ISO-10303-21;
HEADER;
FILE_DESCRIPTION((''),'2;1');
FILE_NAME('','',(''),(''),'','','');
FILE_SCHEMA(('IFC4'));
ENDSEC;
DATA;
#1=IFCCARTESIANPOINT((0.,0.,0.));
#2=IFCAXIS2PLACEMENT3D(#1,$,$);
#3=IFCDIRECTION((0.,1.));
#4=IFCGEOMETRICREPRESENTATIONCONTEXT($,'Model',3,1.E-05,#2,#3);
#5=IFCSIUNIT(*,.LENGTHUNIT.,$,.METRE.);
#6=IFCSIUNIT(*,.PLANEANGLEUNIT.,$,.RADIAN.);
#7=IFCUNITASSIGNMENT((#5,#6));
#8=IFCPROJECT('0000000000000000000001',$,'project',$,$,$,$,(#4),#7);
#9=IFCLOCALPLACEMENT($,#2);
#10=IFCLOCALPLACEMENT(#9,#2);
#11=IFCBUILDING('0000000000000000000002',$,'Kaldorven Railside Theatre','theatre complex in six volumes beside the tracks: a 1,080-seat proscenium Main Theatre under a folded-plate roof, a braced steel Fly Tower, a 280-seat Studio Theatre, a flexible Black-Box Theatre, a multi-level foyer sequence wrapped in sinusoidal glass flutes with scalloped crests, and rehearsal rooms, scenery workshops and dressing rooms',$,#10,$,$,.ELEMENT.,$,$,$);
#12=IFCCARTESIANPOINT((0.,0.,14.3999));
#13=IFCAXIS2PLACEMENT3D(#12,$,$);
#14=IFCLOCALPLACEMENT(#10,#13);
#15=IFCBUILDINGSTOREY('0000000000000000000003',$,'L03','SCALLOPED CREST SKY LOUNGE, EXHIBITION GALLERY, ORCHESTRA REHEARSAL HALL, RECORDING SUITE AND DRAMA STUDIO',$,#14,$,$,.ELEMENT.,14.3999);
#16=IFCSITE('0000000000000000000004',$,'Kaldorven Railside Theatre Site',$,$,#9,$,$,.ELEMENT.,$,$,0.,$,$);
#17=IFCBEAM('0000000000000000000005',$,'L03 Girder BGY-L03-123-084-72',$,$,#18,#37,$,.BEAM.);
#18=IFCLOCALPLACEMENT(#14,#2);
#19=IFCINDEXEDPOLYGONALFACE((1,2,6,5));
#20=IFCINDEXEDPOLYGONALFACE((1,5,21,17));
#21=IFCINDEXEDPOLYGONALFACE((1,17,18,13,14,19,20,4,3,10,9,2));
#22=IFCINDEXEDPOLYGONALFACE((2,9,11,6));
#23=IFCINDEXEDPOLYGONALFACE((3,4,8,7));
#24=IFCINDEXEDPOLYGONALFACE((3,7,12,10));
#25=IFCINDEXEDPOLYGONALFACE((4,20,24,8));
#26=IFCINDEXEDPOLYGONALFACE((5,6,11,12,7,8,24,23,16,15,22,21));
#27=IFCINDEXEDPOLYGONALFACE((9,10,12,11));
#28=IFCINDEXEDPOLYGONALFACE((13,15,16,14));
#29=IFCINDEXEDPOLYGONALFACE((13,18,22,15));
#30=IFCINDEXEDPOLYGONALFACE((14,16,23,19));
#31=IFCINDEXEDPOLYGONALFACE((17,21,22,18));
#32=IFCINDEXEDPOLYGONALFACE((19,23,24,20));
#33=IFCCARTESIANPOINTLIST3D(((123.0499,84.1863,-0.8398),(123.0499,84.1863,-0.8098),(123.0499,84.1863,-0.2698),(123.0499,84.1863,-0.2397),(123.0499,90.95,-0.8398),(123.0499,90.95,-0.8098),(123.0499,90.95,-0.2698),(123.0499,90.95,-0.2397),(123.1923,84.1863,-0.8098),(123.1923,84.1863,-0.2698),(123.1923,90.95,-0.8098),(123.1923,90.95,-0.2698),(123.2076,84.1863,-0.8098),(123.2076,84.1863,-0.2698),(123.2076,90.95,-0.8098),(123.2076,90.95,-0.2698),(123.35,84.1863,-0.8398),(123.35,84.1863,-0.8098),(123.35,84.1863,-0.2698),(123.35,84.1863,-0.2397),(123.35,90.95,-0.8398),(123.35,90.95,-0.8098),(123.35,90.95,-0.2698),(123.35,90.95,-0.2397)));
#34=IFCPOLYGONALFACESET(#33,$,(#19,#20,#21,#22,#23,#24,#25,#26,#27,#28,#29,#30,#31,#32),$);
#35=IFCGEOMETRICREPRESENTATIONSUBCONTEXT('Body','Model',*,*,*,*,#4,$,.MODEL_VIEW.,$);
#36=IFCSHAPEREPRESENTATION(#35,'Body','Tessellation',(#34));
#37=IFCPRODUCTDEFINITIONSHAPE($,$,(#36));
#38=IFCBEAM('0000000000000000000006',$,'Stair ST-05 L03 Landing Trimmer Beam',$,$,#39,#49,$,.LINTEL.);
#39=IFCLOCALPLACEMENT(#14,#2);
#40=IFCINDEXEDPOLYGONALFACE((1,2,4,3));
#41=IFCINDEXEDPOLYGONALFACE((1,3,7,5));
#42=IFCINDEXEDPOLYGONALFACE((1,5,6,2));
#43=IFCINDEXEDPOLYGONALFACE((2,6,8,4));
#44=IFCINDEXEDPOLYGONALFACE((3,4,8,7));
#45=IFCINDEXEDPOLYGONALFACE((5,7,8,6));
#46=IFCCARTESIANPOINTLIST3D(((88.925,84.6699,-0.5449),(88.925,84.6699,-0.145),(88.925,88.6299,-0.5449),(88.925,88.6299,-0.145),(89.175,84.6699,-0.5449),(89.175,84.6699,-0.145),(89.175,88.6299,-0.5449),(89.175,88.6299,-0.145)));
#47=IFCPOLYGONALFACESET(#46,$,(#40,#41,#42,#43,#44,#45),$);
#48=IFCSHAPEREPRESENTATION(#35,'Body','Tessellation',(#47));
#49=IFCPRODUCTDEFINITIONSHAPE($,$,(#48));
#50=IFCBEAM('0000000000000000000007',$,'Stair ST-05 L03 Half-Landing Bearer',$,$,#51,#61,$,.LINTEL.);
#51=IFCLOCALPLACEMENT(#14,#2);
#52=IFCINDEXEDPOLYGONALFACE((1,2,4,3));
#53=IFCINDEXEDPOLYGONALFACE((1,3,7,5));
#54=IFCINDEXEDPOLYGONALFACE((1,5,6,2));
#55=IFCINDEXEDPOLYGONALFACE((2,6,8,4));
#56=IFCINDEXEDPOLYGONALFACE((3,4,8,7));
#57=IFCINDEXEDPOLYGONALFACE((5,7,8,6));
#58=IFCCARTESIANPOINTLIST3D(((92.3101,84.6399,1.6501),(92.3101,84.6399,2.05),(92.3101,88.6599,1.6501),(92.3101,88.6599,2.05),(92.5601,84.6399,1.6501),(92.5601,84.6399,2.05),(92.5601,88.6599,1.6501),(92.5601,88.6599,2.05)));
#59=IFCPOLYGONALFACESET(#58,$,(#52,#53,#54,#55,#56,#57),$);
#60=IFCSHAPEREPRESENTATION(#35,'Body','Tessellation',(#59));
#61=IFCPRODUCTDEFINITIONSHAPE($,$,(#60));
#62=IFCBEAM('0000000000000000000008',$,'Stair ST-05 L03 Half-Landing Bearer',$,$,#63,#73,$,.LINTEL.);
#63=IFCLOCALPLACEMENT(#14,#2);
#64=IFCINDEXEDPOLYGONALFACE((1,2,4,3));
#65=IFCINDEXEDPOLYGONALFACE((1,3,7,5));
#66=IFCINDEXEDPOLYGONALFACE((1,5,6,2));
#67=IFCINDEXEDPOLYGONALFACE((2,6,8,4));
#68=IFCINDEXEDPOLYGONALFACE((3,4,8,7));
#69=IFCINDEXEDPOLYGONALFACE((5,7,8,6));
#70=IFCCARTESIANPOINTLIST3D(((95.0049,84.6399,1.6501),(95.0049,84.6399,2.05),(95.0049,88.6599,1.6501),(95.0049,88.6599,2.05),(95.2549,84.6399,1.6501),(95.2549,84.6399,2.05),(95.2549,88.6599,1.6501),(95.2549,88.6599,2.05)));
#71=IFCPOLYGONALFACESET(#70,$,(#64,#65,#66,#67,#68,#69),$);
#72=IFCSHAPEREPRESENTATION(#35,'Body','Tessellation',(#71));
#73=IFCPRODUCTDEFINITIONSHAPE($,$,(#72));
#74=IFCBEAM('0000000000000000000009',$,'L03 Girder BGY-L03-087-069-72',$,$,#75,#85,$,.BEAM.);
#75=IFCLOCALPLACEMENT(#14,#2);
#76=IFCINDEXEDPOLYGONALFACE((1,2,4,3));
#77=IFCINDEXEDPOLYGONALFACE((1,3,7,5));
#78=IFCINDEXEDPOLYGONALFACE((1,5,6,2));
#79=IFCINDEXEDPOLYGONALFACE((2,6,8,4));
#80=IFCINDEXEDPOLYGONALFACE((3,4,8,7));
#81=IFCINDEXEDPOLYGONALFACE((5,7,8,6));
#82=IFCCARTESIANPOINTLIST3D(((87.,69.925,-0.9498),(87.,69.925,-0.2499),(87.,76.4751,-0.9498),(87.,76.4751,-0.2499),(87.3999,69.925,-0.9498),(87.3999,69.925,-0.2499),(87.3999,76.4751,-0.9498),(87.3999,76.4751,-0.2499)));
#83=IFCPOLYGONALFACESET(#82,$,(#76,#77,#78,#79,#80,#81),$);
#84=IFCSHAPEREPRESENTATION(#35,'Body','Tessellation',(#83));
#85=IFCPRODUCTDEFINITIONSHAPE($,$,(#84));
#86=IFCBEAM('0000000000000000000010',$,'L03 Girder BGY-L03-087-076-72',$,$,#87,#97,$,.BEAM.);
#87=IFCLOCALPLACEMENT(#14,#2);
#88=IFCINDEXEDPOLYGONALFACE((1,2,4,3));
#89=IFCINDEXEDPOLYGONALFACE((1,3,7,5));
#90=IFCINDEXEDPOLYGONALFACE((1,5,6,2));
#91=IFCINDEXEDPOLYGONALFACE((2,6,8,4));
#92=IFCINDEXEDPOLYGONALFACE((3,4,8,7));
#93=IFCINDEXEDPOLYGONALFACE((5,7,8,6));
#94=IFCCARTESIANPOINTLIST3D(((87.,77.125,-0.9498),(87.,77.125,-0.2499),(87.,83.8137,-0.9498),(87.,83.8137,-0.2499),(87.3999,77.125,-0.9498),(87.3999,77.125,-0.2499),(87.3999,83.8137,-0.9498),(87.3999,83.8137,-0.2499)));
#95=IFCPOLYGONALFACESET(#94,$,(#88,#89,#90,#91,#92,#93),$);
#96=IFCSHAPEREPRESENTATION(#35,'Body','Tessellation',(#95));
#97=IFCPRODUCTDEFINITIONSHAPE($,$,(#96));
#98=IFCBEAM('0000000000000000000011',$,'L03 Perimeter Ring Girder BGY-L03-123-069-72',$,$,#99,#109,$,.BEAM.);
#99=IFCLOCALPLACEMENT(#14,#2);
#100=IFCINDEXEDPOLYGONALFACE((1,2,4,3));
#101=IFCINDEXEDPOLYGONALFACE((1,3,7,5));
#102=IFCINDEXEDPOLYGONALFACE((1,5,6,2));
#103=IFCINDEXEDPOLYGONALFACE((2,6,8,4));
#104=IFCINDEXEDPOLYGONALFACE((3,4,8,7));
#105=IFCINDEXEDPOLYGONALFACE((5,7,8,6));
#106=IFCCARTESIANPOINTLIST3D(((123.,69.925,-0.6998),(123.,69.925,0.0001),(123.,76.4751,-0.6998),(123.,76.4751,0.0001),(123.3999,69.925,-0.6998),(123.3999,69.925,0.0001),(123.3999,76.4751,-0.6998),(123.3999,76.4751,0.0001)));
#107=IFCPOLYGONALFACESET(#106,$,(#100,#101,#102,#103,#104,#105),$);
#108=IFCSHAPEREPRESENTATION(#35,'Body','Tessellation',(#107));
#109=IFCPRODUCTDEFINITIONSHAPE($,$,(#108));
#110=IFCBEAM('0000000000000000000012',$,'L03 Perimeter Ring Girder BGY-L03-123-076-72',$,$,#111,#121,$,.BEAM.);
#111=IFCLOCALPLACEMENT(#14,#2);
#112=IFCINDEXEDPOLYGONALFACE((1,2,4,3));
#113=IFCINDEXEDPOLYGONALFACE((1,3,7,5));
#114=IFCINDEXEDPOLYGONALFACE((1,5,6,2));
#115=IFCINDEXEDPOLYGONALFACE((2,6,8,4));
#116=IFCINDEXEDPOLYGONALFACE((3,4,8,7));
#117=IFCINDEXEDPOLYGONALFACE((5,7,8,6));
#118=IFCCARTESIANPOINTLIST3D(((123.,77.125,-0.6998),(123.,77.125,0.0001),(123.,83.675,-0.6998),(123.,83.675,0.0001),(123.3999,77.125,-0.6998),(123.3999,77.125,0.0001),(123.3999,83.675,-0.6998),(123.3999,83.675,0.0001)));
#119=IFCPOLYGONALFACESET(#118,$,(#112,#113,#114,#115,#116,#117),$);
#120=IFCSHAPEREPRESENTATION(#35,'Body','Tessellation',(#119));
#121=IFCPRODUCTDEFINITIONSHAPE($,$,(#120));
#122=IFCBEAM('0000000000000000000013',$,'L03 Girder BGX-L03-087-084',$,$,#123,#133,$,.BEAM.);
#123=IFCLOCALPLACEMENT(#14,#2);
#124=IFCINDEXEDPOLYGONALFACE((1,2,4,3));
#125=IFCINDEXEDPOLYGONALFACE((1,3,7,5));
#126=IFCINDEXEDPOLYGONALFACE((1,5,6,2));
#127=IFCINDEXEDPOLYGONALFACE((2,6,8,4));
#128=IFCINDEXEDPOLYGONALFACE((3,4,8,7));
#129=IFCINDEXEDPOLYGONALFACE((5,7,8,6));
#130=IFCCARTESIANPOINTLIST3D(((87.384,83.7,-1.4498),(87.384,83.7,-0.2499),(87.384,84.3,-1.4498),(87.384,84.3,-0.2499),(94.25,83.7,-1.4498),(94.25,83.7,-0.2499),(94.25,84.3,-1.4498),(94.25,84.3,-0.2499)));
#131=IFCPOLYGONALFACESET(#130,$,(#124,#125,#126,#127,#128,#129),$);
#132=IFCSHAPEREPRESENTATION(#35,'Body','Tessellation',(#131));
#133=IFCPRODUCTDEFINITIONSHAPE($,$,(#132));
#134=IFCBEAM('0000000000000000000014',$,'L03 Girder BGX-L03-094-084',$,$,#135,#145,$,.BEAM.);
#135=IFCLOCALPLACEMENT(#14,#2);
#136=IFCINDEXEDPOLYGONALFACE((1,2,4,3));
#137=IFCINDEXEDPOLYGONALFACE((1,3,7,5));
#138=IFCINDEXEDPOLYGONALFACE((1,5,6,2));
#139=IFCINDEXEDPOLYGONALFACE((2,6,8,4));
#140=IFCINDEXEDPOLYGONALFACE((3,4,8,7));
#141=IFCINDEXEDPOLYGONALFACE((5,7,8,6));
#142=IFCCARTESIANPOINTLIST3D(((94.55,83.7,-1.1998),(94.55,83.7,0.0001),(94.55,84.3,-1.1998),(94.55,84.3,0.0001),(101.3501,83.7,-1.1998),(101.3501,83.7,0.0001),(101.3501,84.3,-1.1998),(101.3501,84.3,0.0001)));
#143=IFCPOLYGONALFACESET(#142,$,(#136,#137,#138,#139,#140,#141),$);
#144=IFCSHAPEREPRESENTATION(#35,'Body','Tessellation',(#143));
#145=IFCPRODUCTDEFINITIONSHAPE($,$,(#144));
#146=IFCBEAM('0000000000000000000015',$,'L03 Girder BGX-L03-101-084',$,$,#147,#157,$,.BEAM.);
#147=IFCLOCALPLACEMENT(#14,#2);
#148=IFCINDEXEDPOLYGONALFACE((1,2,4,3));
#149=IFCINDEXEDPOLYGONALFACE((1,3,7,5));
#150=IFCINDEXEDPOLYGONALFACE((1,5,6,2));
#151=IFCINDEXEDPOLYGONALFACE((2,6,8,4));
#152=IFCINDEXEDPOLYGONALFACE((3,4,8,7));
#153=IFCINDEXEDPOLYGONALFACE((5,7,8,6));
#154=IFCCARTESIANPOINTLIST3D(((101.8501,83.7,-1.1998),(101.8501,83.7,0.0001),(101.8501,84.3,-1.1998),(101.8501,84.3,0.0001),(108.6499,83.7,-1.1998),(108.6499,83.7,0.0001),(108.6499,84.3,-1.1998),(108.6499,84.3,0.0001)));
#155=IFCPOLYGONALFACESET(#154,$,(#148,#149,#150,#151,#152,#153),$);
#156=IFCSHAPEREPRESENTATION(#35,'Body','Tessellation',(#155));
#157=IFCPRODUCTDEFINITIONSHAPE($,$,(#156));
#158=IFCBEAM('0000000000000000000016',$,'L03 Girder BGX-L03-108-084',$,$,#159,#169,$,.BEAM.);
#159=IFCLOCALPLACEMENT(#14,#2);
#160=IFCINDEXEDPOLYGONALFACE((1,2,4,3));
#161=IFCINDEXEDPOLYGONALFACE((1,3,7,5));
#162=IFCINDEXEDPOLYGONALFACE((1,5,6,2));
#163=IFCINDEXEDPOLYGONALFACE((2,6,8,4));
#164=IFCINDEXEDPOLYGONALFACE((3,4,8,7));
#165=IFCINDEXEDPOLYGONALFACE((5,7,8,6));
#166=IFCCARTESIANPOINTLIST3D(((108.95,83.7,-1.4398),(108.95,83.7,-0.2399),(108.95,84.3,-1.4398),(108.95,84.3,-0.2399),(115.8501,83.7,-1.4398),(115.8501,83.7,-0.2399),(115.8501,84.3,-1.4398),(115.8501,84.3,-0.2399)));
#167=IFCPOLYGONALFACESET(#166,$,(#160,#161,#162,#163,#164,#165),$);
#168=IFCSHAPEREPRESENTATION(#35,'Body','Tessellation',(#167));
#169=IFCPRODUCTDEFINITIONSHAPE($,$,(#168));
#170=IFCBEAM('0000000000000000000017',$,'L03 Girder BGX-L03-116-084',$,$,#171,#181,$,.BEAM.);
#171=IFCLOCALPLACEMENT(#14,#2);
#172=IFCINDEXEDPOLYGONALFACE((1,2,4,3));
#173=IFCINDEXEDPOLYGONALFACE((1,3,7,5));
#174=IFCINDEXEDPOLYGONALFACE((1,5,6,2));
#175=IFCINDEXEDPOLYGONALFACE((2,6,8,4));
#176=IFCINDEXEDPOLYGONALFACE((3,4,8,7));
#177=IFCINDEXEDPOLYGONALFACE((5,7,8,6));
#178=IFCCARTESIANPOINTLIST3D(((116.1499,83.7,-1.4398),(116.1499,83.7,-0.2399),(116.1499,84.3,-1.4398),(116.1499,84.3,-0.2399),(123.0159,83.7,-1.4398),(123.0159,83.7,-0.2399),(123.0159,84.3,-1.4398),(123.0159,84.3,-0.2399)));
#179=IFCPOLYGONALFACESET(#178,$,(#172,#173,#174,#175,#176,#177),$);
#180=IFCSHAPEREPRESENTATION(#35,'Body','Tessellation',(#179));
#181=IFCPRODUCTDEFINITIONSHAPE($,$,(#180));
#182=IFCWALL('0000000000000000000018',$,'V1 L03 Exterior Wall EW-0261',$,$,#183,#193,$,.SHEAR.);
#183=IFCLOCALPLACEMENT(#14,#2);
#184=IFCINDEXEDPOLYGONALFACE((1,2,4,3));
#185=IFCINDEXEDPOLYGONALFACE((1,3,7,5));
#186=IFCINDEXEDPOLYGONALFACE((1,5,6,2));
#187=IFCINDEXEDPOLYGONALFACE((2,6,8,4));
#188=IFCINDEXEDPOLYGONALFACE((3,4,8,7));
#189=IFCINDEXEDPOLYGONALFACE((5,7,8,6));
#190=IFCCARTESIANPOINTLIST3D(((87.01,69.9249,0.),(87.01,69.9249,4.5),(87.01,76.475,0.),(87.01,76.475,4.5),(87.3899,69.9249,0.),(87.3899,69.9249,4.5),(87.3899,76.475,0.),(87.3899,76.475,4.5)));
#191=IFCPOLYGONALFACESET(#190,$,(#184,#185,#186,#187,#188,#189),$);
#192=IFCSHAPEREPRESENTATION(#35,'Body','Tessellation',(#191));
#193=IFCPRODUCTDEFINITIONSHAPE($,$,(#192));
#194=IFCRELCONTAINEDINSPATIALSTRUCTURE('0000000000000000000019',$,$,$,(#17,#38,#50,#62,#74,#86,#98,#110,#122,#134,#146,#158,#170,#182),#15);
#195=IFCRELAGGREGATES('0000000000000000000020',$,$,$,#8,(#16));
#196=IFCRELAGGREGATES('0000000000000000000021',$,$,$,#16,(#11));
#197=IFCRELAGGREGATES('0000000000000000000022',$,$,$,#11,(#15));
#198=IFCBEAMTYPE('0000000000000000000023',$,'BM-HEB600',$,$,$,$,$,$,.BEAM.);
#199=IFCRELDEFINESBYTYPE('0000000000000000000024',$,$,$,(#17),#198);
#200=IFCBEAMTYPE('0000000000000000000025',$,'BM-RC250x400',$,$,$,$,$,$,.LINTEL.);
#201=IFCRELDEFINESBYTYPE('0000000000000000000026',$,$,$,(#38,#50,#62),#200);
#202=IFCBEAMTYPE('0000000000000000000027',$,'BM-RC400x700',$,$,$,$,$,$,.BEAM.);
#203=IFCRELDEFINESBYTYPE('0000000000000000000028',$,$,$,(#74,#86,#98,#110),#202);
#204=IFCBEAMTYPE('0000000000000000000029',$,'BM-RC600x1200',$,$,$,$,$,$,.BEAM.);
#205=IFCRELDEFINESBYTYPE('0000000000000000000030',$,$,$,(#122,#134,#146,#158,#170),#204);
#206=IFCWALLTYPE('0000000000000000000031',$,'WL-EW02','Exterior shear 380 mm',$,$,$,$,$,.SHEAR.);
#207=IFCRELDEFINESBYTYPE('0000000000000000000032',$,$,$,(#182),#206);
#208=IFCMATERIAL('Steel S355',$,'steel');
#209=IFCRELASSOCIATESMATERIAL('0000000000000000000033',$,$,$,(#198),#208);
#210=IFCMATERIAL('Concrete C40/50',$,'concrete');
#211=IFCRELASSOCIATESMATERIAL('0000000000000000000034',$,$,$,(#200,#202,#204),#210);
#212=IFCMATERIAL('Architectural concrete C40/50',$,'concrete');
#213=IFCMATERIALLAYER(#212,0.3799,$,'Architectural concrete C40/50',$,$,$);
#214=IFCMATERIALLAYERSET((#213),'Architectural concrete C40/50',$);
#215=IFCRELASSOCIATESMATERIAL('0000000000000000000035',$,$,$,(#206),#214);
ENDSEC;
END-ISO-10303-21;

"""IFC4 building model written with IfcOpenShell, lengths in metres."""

from ifc_helpers import new_model, si_unit, direction, frame, frame_2d, origin, origin_2d, place, context, subcontext, project, spatial, rectangle, i_section, extrude, material, layer, layer_set, material_profile, profile_set, type_object, element, save


model = new_model("IFC4")

# Units and contexts
model_context = context("Model", 3, precision=1e-05, world=origin(), true_north=direction((0.0, 1.0)))
body_context = subcontext(model_context, "Body", "Model", "MODEL_VIEW")
ifc_project = project(units=[si_unit("LENGTHUNIT", "METRE"), si_unit("PLANEANGLEUNIT", "RADIAN")], contexts=[model_context])

# Site, building, storey
site_placement = place(None, origin())
site = spatial("IfcSite", under=ifc_project, at=site_placement, Name="Kaldorven Railside Theatre Site", CompositionType="ELEMENT", RefElevation=0.0)
building_placement = place(site_placement, origin())
building = spatial("IfcBuilding", under=site, at=building_placement, Name="Kaldorven Railside Theatre", Description="theatre complex in six volumes beside the tracks: a 1,080-seat proscenium Main Theatre under a folded-plate roof, a braced steel Fly Tower, a 280-seat Studio Theatre, a flexible Black-Box Theatre, a multi-level foyer sequence wrapped in sinusoidal glass flutes with scalloped crests, and rehearsal rooms, scenery workshops and dressing rooms", CompositionType="ELEMENT")
storey_placement = place(building_placement, frame((0.0, 0.0, 14.3999)))
storey = spatial("IfcBuildingStorey", under=building, at=storey_placement, Name="L03", Description="SCALLOPED CREST SKY LOUNGE, EXHIBITION GALLERY, ORCHESTRA REHEARSAL HALL, RECORDING SUITE AND DRAMA STUDIO", CompositionType="ELEMENT", Elevation=14.3999)

# Shared definitions
ifc_material_1 = material(Name="Steel S355", Category="steel")
ifc_material_2 = material(Name="Architectural concrete C40/50", Category="concrete")

# Beams
ifc_material_profile_1 = material_profile(ifc_material_1, i_section(OverallWidth=0.3, OverallDepth=0.6001, WebThickness=0.0154, FlangeThickness=0.03, at=origin_2d()), Name="HEB 600")
ifc_profile_set_1 = profile_set([ifc_material_profile_1], Name="Steel S355")
beam_type_1 = type_object("IfcBeamType", Name="BM-HEB600", PredefinedType="BEAM", material=ifc_profile_set_1)
for number, where, z_axis, x_axis, name in (
    (1, (123.2, 84.1863, -0.5398), (0.0, 1.0, 0.0), (-1.0, 0.0, 0.0), "L03 Girder BGY-L03-123-084-72"),
):
    element("IfcBeam", number, at=place(storey_placement, frame(where, z_axis=z_axis, x_axis=x_axis)), inside=storey, type_object=beam_type_1, Name=name, PredefinedType="BEAM", context=body_context, shape_type="SweptSolid", body=[
        extrude(i_section(OverallWidth=0.3, OverallDepth=0.6001, WebThickness=0.0154, FlangeThickness=0.03, at=origin_2d()), origin(), (0.0, 0.0, 1.0), 6.7637),
    ])
ifc_material_3 = material(Name="Concrete C40/50", Category="concrete")
ifc_material_profile_2 = material_profile(ifc_material_3, rectangle(XDim=0.25, YDim=0.3999, at=origin_2d()), Name="RC 250x400")
ifc_profile_set_2 = profile_set([ifc_material_profile_2], Name="Concrete C40/50")
beam_type_2 = type_object("IfcBeamType", Name="BM-RC250x400", PredefinedType="LINTEL", material=ifc_profile_set_2)
beam_1_placement = place(storey_placement, frame((89.05, 84.6699, -0.345), z_axis=(0.0, 1.0, 0.0), x_axis=(-1.0, 0.0, 0.0)))
element("IfcBeam", 2, at=beam_1_placement, inside=storey, type_object=beam_type_2, Name="Stair ST-05 L03 Landing Trimmer Beam", PredefinedType="LINTEL", context=body_context, shape_type="SweptSolid", body=[
    extrude(rectangle(XDim=0.25, YDim=0.3999, at=origin_2d()), origin(), (0.0, 0.0, 1.0), 3.96),
])
for number, where, z_axis, x_axis, name in (
    (3, (92.4351, 84.6399, 1.8501), (0.0, 1.0, 0.0), (-1.0, 0.0, 0.0), "Stair ST-05 L03 Half-Landing Bearer"),
    (4, (95.1299, 84.6399, 1.8501), (0.0, 1.0, 0.0), (-1.0, 0.0, 0.0), "Stair ST-05 L03 Half-Landing Bearer"),
):
    element("IfcBeam", number, at=place(storey_placement, frame(where, z_axis=z_axis, x_axis=x_axis)), inside=storey, type_object=beam_type_2, Name=name, PredefinedType="LINTEL", context=body_context, shape_type="SweptSolid", body=[
        extrude(rectangle(XDim=0.25, YDim=0.3999, at=origin_2d()), origin(), (0.0, 0.0, 1.0), 4.02),
    ])
ifc_material_profile_3 = material_profile(ifc_material_3, rectangle(XDim=0.3999, YDim=0.7, at=origin_2d()), Name="RC 400x700")
ifc_profile_set_3 = profile_set([ifc_material_profile_3], Name="Concrete C40/50")
beam_type_3 = type_object("IfcBeamType", Name="BM-RC400x700", PredefinedType="BEAM", material=ifc_profile_set_3)
beam_2_placement = place(storey_placement, frame((87.2, 69.925, -0.5999), z_axis=(0.0, 1.0, 0.0), x_axis=(-1.0, 0.0, 0.0)))
element("IfcBeam", 5, at=beam_2_placement, inside=storey, type_object=beam_type_3, Name="L03 Girder BGY-L03-087-069-72", PredefinedType="BEAM", context=body_context, shape_type="SweptSolid", body=[
    extrude(rectangle(XDim=0.3999, YDim=0.7, at=origin_2d()), origin(), (0.0, 0.0, 1.0), 6.55),
])
beam_3_placement = place(storey_placement, frame((87.2, 77.125, -0.5999), z_axis=(0.0, 1.0, 0.0), x_axis=(-1.0, 0.0, 0.0)))
element("IfcBeam", 6, at=beam_3_placement, inside=storey, type_object=beam_type_3, Name="L03 Girder BGY-L03-087-076-72", PredefinedType="BEAM", context=body_context, shape_type="SweptSolid", body=[
    extrude(rectangle(XDim=0.3999, YDim=0.7, at=origin_2d()), origin(), (0.0, 0.0, 1.0), 6.6887),
])
for number, where, z_axis, x_axis, name in (
    (7, (123.2, 69.925, -0.3499), (0.0, 1.0, 0.0), (-1.0, 0.0, 0.0), "L03 Perimeter Ring Girder BGY-L03-123-069-72"),
    (8, (123.2, 77.125, -0.3499), (0.0, 1.0, 0.0), (-1.0, 0.0, 0.0), "L03 Perimeter Ring Girder BGY-L03-123-076-72"),
):
    element("IfcBeam", number, at=place(storey_placement, frame(where, z_axis=z_axis, x_axis=x_axis)), inside=storey, type_object=beam_type_3, Name=name, PredefinedType="BEAM", context=body_context, shape_type="SweptSolid", body=[
        extrude(rectangle(XDim=0.3999, YDim=0.7, at=origin_2d()), origin(), (0.0, 0.0, 1.0), 6.55),
    ])
ifc_material_profile_4 = material_profile(ifc_material_3, rectangle(XDim=0.6001, YDim=1.2, at=origin_2d()), Name="RC 600x1200")
ifc_profile_set_4 = profile_set([ifc_material_profile_4], Name="Concrete C40/50")
beam_type_4 = type_object("IfcBeamType", Name="BM-RC600x1200", PredefinedType="BEAM", material=ifc_profile_set_4)
beam_4_placement = place(storey_placement, frame((87.384, 84.0, -0.8499), z_axis=(1.0, 0.0, 0.0), x_axis=(0.0, 1.0, 0.0)))
element("IfcBeam", 9, at=beam_4_placement, inside=storey, type_object=beam_type_4, Name="L03 Girder BGX-L03-087-084", PredefinedType="BEAM", context=body_context, shape_type="SweptSolid", body=[
    extrude(rectangle(XDim=0.6001, YDim=1.2, at=origin_2d()), origin(), (0.0, 0.0, 1.0), 6.866),
])
beam_5_placement = place(storey_placement, frame((94.55, 84.0, -0.5999), z_axis=(1.0, 0.0, 0.0), x_axis=(0.0, 1.0, 0.0)))
element("IfcBeam", 10, at=beam_5_placement, inside=storey, type_object=beam_type_4, Name="L03 Girder BGX-L03-094-084", PredefinedType="BEAM", context=body_context, shape_type="SweptSolid", body=[
    extrude(rectangle(XDim=0.6001, YDim=1.2, at=origin_2d()), origin(), (0.0, 0.0, 1.0), 6.8),
])
beam_6_placement = place(storey_placement, frame((101.8501, 84.0, -0.5999), z_axis=(1.0, 0.0, 0.0), x_axis=(0.0, 1.0, 0.0)))
element("IfcBeam", 11, at=beam_6_placement, inside=storey, type_object=beam_type_4, Name="L03 Girder BGX-L03-101-084", PredefinedType="BEAM", context=body_context, shape_type="SweptSolid", body=[
    extrude(rectangle(XDim=0.6001, YDim=1.2, at=origin_2d()), origin(), (0.0, 0.0, 1.0), 6.7998),
])
beam_7_placement = place(storey_placement, frame((108.95, 84.0, -0.8398), z_axis=(1.0, 0.0, 0.0), x_axis=(0.0, 1.0, 0.0)))
element("IfcBeam", 12, at=beam_7_placement, inside=storey, type_object=beam_type_4, Name="L03 Girder BGX-L03-108-084", PredefinedType="BEAM", context=body_context, shape_type="SweptSolid", body=[
    extrude(rectangle(XDim=0.6001, YDim=1.2, at=origin_2d()), origin(), (0.0, 0.0, 1.0), 6.9001),
])
beam_8_placement = place(storey_placement, frame((116.1499, 84.0, -0.8398), z_axis=(1.0, 0.0, 0.0), x_axis=(0.0, 1.0, 0.0)))
element("IfcBeam", 13, at=beam_8_placement, inside=storey, type_object=beam_type_4, Name="L03 Girder BGX-L03-116-084", PredefinedType="BEAM", context=body_context, shape_type="SweptSolid", body=[
    extrude(rectangle(XDim=0.6001, YDim=1.2, at=origin_2d()), origin(), (0.0, 0.0, 1.0), 6.866),
])

# Wall
ifc_layer_1 = layer(ifc_material_2, 0.3799, Name="Architectural concrete C40/50")
ifc_layer_set_1 = layer_set([ifc_layer_1], Name="Architectural concrete C40/50")
wall_type_1 = type_object("IfcWallType", Name="WL-EW02", Description="Exterior shear 380 mm", PredefinedType="SHEAR", material=ifc_layer_set_1)
wall_1_placement = place(storey_placement, frame((87.2, 69.925, 0.0), z_axis=(0.0, 0.0, 1.0), x_axis=(0.0, 1.0, 0.0)))
element("IfcWall", 14, at=wall_1_placement, inside=storey, type_object=wall_type_1, Name="V1 L03 Exterior Wall EW-0261", PredefinedType="SHEAR", context=body_context, shape_type="SweptSolid", body=[
    extrude(rectangle(XDim=6.55, YDim=0.3799, at=frame_2d((3.2749, 0.0))), origin(), (0.0, 0.0, 1.0), 4.5),
])

save(model, "model.ifc")
